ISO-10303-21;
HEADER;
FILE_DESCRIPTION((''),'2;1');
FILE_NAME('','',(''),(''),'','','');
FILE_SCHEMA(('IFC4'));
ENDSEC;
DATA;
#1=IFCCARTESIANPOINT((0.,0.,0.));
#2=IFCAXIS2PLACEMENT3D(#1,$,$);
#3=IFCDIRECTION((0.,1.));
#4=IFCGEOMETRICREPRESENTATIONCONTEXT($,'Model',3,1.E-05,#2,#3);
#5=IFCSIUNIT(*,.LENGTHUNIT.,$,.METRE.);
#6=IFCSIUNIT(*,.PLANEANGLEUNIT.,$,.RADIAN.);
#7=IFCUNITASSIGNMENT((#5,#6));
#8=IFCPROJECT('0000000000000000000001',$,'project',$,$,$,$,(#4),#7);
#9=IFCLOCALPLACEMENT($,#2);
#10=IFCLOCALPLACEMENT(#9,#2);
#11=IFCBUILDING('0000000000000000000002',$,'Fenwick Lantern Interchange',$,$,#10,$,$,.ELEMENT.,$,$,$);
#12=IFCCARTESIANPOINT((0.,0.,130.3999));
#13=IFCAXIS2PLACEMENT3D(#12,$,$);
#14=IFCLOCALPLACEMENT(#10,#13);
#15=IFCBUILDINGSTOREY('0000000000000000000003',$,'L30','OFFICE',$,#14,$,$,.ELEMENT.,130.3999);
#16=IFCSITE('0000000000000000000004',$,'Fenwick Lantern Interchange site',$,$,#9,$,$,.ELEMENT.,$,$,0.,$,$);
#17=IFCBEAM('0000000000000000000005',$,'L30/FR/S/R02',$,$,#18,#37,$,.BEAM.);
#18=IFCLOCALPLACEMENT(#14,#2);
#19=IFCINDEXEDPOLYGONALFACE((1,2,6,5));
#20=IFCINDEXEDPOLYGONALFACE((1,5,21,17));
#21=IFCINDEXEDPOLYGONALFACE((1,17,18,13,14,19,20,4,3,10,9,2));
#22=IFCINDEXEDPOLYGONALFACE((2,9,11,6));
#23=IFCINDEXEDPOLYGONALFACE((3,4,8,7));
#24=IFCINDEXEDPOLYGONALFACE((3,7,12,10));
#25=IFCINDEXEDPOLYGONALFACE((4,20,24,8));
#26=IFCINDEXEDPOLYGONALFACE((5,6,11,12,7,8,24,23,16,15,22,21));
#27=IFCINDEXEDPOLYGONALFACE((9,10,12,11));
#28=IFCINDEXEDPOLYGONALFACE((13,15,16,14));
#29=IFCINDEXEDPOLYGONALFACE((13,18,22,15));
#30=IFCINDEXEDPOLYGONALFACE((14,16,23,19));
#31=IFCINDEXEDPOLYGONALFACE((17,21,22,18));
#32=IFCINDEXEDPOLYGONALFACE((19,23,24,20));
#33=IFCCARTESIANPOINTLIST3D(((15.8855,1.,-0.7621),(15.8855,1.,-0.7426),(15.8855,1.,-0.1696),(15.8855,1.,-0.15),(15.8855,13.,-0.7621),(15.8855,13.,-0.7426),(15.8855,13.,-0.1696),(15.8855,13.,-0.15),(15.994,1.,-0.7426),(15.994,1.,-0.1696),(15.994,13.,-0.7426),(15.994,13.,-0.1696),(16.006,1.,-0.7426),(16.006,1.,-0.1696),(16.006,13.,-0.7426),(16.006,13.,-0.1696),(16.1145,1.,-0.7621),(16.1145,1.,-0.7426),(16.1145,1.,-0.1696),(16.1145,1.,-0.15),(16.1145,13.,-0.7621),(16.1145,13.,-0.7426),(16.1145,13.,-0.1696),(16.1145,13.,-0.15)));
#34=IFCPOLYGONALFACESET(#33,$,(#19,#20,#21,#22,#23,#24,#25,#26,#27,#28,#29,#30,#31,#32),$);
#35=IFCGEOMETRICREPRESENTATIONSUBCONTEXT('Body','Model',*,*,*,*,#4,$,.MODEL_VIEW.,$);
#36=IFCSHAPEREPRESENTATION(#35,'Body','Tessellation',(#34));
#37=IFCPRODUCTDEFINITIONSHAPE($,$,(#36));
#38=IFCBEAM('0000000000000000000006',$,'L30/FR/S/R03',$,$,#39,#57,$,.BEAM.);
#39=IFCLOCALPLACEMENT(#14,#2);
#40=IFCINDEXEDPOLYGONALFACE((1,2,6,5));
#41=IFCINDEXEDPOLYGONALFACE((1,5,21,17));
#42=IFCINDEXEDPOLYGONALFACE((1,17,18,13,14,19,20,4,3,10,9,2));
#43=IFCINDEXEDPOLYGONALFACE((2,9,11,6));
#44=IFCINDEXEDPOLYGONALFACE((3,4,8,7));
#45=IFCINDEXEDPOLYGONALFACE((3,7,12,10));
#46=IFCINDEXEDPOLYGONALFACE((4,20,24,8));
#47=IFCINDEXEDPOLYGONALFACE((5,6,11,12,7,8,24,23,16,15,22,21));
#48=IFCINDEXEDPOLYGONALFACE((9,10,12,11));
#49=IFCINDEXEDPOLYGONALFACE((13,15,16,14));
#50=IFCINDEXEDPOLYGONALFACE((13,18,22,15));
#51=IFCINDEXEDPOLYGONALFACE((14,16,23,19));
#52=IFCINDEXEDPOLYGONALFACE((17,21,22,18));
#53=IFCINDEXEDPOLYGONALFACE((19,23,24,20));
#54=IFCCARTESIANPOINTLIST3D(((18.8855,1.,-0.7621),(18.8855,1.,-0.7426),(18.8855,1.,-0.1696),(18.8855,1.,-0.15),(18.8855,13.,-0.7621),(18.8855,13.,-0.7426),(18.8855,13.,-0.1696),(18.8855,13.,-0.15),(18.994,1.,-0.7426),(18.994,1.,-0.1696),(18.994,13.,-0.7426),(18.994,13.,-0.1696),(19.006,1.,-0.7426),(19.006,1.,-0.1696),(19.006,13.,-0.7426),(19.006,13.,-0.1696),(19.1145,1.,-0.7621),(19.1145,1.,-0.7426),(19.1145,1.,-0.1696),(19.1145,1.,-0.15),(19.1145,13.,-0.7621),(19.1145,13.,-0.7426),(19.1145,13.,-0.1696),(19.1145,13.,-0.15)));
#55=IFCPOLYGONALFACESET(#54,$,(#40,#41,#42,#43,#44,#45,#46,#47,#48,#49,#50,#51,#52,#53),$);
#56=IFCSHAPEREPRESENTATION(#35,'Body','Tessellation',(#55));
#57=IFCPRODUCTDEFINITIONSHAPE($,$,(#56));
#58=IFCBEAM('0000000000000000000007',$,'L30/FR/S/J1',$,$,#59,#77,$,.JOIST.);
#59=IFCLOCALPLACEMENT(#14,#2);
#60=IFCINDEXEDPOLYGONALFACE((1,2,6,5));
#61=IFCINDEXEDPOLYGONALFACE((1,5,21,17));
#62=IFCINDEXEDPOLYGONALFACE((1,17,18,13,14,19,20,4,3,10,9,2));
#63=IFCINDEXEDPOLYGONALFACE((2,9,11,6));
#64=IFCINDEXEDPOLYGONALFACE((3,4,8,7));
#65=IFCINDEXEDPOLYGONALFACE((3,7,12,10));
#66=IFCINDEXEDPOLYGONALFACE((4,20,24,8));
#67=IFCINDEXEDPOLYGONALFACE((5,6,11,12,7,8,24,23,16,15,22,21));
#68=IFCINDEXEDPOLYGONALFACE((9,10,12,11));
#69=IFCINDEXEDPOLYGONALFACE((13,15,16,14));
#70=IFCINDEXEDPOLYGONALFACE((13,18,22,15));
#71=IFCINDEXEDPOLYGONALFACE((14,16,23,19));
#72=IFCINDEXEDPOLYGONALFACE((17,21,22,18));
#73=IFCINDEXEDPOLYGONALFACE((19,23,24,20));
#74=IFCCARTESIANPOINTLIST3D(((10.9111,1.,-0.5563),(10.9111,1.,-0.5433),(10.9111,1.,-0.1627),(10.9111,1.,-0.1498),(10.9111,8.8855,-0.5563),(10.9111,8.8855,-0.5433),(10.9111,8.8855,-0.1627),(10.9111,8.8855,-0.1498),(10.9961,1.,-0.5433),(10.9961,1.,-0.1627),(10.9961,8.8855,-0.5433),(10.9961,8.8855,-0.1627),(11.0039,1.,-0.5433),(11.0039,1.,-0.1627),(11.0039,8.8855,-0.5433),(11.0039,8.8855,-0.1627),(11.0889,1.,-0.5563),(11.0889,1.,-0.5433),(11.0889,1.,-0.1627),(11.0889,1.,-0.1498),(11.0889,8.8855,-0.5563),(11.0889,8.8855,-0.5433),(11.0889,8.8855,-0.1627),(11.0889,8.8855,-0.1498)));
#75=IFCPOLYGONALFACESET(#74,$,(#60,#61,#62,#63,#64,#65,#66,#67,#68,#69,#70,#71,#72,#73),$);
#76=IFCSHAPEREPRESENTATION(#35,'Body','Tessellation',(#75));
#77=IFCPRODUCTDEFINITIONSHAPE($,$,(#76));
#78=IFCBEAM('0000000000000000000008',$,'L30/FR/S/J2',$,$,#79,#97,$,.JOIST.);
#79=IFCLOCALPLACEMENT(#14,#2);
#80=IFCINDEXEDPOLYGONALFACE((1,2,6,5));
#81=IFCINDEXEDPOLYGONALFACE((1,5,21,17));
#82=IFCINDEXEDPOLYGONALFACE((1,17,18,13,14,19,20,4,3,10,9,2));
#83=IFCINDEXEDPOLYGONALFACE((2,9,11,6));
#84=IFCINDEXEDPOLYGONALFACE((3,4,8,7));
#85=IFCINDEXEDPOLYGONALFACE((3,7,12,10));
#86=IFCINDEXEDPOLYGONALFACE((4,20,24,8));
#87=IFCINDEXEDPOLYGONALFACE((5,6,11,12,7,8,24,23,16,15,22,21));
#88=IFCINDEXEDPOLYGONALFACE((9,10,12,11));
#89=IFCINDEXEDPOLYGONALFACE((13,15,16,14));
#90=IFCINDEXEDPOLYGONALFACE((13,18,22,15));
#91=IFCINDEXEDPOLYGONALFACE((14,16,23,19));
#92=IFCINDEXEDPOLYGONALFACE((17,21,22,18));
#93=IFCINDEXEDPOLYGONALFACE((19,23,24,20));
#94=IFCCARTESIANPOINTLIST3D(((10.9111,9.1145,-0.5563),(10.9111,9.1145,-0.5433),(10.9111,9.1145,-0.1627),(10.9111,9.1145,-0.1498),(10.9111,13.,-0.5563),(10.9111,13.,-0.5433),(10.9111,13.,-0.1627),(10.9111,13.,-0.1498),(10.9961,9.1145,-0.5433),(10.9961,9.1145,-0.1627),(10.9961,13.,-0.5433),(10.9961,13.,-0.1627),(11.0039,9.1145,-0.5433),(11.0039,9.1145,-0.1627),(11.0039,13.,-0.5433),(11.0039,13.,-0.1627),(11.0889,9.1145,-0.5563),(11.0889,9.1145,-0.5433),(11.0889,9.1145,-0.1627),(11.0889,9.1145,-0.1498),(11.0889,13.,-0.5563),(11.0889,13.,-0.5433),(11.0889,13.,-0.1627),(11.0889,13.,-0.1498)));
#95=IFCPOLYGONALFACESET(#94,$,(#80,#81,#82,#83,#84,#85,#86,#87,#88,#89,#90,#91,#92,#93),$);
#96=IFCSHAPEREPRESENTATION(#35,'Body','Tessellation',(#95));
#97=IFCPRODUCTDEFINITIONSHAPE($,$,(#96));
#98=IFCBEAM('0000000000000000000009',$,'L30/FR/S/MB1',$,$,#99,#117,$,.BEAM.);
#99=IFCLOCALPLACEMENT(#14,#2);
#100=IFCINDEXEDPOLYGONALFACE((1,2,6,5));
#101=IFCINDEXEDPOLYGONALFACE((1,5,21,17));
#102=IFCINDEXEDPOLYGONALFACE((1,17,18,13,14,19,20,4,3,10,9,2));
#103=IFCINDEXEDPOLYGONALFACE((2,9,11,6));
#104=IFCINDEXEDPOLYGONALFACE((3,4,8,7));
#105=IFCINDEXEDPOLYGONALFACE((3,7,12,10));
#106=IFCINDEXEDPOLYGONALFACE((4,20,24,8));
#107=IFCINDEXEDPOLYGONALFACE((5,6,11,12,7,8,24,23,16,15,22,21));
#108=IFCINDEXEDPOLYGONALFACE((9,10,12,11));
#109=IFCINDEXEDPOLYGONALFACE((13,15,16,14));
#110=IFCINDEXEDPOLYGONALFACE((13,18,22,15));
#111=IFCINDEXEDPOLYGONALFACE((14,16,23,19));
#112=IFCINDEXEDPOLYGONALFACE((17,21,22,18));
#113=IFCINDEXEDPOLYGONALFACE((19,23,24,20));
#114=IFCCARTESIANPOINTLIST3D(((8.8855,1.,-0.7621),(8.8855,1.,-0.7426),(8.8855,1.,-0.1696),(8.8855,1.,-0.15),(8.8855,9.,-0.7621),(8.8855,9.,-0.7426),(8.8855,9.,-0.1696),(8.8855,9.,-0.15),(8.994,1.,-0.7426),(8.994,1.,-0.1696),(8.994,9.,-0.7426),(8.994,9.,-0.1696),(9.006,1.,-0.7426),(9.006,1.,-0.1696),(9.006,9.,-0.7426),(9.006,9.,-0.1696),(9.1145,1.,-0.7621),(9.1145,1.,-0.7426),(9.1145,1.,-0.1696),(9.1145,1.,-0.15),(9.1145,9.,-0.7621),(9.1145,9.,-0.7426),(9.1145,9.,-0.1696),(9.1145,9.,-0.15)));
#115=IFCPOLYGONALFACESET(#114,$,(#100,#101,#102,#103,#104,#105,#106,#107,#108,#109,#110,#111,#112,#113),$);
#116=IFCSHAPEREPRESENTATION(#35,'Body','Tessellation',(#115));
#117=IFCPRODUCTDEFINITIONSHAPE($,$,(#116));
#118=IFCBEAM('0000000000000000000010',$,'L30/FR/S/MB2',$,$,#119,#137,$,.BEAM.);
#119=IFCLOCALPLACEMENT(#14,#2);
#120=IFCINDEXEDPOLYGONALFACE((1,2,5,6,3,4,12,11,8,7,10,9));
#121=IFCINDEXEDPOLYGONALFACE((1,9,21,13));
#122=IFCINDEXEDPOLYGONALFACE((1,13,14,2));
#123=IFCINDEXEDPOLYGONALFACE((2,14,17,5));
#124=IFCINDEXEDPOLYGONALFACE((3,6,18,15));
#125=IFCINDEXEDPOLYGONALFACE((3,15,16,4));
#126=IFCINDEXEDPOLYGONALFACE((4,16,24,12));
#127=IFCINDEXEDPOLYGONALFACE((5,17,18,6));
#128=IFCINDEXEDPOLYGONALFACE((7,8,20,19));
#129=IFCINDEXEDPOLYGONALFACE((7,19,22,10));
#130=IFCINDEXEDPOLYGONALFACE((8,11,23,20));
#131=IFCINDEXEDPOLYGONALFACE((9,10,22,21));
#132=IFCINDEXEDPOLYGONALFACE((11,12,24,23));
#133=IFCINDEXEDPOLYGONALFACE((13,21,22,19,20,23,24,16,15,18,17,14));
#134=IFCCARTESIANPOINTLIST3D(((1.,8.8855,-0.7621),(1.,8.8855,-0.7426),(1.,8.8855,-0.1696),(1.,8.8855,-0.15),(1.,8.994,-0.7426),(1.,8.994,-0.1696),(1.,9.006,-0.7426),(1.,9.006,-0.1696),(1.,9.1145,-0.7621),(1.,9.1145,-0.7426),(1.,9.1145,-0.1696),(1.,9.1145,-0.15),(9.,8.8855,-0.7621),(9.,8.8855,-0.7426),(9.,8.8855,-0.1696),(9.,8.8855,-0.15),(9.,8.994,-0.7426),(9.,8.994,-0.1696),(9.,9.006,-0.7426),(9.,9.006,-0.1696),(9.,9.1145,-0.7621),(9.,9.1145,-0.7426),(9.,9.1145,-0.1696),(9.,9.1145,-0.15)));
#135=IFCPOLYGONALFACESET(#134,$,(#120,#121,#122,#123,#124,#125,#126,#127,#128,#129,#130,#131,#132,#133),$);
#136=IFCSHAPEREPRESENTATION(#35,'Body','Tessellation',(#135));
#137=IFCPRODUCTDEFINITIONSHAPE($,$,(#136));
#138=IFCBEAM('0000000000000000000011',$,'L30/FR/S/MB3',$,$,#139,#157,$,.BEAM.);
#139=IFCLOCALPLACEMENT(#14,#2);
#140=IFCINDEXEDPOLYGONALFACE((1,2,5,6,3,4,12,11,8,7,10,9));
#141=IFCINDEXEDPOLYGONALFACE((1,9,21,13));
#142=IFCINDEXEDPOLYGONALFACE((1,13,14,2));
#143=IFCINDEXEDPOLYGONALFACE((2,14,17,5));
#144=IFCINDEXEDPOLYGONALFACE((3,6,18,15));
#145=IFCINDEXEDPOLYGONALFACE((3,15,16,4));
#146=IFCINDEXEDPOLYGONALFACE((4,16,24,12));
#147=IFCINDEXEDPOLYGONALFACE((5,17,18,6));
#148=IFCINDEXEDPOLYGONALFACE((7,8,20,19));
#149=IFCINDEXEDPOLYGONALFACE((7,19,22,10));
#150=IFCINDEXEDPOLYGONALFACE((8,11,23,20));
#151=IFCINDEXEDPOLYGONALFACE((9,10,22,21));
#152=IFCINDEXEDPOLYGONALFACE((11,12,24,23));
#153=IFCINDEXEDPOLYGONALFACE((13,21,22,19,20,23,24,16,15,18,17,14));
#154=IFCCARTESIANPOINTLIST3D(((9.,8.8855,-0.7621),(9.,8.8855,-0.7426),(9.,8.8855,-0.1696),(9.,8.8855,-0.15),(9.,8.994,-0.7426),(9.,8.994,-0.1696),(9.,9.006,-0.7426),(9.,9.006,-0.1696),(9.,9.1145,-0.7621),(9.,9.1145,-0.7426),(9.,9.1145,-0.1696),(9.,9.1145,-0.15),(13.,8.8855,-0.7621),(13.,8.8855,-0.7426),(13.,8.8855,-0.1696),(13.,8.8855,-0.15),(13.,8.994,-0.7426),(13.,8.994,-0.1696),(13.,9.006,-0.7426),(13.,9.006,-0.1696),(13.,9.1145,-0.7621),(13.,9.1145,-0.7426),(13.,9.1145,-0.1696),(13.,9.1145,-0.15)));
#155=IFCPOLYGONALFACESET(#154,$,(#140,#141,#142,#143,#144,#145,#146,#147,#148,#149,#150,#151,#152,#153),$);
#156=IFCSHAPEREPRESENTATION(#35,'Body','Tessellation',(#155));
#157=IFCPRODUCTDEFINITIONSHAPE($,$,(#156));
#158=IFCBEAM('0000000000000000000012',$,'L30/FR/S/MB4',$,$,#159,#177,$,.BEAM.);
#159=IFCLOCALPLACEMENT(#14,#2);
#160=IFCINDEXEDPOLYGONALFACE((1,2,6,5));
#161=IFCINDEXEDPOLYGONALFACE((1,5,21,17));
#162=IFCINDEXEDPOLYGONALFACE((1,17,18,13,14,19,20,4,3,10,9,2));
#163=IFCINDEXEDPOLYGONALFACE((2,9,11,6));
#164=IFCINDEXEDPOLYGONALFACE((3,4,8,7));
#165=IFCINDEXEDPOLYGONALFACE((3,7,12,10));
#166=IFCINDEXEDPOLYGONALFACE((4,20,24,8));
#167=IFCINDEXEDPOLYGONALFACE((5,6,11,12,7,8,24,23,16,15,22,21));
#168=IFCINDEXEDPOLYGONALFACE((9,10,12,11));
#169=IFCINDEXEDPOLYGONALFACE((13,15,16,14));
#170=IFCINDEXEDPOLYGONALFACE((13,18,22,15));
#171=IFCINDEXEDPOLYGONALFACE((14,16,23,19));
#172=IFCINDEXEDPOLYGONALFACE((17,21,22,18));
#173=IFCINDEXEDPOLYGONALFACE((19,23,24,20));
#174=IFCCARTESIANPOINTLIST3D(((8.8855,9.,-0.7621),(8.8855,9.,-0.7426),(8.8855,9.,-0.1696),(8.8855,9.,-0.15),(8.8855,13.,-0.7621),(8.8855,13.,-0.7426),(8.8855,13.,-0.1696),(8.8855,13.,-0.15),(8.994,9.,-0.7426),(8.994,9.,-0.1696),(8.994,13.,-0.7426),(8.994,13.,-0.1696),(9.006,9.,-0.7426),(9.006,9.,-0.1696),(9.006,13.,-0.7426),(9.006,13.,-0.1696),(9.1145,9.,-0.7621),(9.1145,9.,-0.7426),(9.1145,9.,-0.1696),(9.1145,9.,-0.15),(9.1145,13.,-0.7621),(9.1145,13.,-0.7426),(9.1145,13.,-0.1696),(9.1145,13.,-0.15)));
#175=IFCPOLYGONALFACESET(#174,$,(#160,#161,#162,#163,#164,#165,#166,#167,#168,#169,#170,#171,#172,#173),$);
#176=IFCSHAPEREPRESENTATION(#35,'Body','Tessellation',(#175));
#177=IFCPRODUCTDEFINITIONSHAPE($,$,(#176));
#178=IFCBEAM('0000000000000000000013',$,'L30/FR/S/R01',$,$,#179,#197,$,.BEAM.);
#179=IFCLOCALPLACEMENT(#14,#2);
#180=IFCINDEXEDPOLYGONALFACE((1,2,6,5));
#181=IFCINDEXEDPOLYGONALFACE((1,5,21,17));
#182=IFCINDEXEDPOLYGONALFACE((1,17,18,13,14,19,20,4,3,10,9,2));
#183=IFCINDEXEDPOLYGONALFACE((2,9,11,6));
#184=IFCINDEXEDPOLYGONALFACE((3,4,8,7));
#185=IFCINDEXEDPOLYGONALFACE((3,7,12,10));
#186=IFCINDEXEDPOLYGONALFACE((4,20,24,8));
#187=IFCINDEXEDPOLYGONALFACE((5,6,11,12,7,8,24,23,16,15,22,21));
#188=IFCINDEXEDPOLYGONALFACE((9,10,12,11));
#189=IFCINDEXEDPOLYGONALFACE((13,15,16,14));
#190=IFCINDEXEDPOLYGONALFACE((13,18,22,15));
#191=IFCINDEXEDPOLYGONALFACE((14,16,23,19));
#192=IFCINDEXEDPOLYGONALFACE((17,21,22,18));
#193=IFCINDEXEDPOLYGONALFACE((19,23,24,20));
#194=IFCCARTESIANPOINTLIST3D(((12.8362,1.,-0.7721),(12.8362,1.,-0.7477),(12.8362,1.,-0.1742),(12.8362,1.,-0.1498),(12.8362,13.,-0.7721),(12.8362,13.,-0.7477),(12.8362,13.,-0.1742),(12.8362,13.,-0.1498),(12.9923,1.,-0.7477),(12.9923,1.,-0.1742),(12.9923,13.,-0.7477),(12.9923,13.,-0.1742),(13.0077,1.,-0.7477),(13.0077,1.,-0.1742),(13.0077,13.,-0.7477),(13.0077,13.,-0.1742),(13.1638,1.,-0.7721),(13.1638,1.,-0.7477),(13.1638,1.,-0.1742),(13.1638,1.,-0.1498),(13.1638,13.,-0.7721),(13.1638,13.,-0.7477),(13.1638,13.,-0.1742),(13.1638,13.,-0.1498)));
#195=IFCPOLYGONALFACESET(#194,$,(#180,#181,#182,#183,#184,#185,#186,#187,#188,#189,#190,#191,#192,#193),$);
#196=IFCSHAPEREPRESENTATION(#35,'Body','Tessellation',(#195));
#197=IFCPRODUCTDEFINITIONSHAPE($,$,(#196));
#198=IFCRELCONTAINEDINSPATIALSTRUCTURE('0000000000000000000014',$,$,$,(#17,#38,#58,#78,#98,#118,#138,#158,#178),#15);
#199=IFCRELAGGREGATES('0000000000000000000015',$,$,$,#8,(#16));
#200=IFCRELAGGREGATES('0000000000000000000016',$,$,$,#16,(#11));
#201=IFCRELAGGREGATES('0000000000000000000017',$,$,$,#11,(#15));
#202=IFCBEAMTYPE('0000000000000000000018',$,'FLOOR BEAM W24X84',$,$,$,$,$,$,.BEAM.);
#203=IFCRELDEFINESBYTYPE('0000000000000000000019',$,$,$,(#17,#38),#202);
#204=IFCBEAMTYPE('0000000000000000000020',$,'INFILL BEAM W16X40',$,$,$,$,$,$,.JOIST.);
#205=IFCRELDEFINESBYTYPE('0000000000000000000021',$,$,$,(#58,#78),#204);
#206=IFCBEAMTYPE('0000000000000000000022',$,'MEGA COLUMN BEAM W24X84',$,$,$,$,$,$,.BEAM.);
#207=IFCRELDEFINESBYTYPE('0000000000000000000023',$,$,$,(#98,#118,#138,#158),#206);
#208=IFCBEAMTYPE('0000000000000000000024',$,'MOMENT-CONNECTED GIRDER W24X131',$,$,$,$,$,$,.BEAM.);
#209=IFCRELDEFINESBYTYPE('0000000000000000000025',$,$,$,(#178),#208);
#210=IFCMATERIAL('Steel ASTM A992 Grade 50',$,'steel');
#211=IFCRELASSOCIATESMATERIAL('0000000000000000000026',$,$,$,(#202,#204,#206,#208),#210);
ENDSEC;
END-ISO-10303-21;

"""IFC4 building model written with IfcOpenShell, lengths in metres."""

from ifc_helpers import new_model, si_unit, direction, frame, origin, origin_2d, place, context, subcontext, project, spatial, i_section, extrude, material, material_profile, profile_set, type_object, element, save


model = new_model("IFC4")

# Units and contexts
model_context = context("Model", 3, precision=1e-05, world=origin(), true_north=direction((0.0, 1.0)))
body_context = subcontext(model_context, "Body", "Model", "MODEL_VIEW")
ifc_project = project(units=[si_unit("LENGTHUNIT", "METRE"), si_unit("PLANEANGLEUNIT", "RADIAN")], contexts=[model_context])

# Site, building, storey
site_placement = place(None, origin())
site = spatial("IfcSite", under=ifc_project, at=site_placement, Name="Fenwick Lantern Interchange site", CompositionType="ELEMENT", RefElevation=0.0)
building_placement = place(site_placement, origin())
building = spatial("IfcBuilding", under=site, at=building_placement, Name="Fenwick Lantern Interchange", CompositionType="ELEMENT")
storey_placement = place(building_placement, frame((0.0, 0.0, 130.3999)))
storey = spatial("IfcBuildingStorey", under=building, at=storey_placement, Name="L30", Description="OFFICE", CompositionType="ELEMENT", Elevation=130.3999)

# Shared definitions
ifc_material_1 = material(Name="Steel ASTM A992 Grade 50", Category="steel")

# Beams
ifc_material_profile_1 = material_profile(ifc_material_1, i_section(OverallWidth=0.229, OverallDepth=0.6121, WebThickness=0.012, FlangeThickness=0.0195, at=origin_2d()), Name="W24X84")
ifc_profile_set_1 = profile_set([ifc_material_profile_1], Name="Steel ASTM A992 Grade 50")
beam_type_1 = type_object("IfcBeamType", Name="FLOOR BEAM W24X84", PredefinedType="BEAM", material=ifc_profile_set_1)
for number, where, z_axis, x_axis, name in (
    (1, (16.0, 1.0, -0.4561), (0.0, 1.0, 0.0), (-1.0, 0.0, 0.0), "L30/FR/S/R02"),
    (2, (19.0, 1.0, -0.4561), (0.0, 1.0, 0.0), (-1.0, 0.0, 0.0), "L30/FR/S/R03"),
):
    element("IfcBeam", number, at=place(storey_placement, frame(where, z_axis=z_axis, x_axis=x_axis)), inside=storey, type_object=beam_type_1, Name=name, PredefinedType="BEAM", context=body_context, shape_type="SweptSolid", body=[
        extrude(i_section(OverallWidth=0.229, OverallDepth=0.6121, WebThickness=0.012, FlangeThickness=0.0195, at=origin_2d()), origin(), (0.0, 0.0, 1.0), 12.0),
    ])
ifc_material_profile_2 = material_profile(ifc_material_1, i_section(OverallWidth=0.1777, OverallDepth=0.4065, WebThickness=0.0078, FlangeThickness=0.0129, at=origin_2d()), Name="W16X40")
ifc_profile_set_2 = profile_set([ifc_material_profile_2], Name="Steel ASTM A992 Grade 50")
beam_type_2 = type_object("IfcBeamType", Name="INFILL BEAM W16X40", PredefinedType="JOIST", material=ifc_profile_set_2)
beam_1_placement = place(storey_placement, frame((11.0, 1.0, -0.353), z_axis=(0.0, 1.0, 0.0), x_axis=(-1.0, 0.0, 0.0)))
element("IfcBeam", 3, at=beam_1_placement, inside=storey, type_object=beam_type_2, Name="L30/FR/S/J1", PredefinedType="JOIST", context=body_context, shape_type="SweptSolid", body=[
    extrude(i_section(OverallWidth=0.1777, OverallDepth=0.4065, WebThickness=0.0078, FlangeThickness=0.0129, at=origin_2d()), origin(), (0.0, 0.0, 1.0), 7.8855),
])
beam_2_placement = place(storey_placement, frame((11.0, 9.1145, -0.353), z_axis=(0.0, 1.0, 0.0), x_axis=(-1.0, 0.0, 0.0)))
element("IfcBeam", 4, at=beam_2_placement, inside=storey, type_object=beam_type_2, Name="L30/FR/S/J2", PredefinedType="JOIST", context=body_context, shape_type="SweptSolid", body=[
    extrude(i_section(OverallWidth=0.1777, OverallDepth=0.4065, WebThickness=0.0078, FlangeThickness=0.0129, at=origin_2d()), origin(), (0.0, 0.0, 1.0), 3.8855),
])
ifc_material_profile_3 = material_profile(ifc_material_1, i_section(OverallWidth=0.229, OverallDepth=0.6121, WebThickness=0.012, FlangeThickness=0.0195, at=origin_2d()), Name="W24X84")
ifc_profile_set_3 = profile_set([ifc_material_profile_3], Name="Steel ASTM A992 Grade 50")
beam_type_3 = type_object("IfcBeamType", Name="MEGA COLUMN BEAM W24X84", PredefinedType="BEAM", material=ifc_profile_set_3)
for number, where, z_axis, x_axis, name in (
    (5, (9.0, 9.0, -0.4561), (0.0, -1.0, 0.0), (1.0, 0.0, 0.0), "L30/FR/S/MB1"),
    (6, (9.0, 9.0, -0.4561), (-1.0, 0.0, 0.0), (0.0, -1.0, 0.0), "L30/FR/S/MB2"),
):
    element("IfcBeam", number, at=place(storey_placement, frame(where, z_axis=z_axis, x_axis=x_axis)), inside=storey, type_object=beam_type_3, Name=name, PredefinedType="BEAM", context=body_context, shape_type="SweptSolid", body=[
        extrude(i_section(OverallWidth=0.229, OverallDepth=0.6121, WebThickness=0.012, FlangeThickness=0.0195, at=origin_2d()), origin(), (0.0, 0.0, 1.0), 8.0),
    ])
for number, where, z_axis, x_axis, name in (
    (7, (9.0, 9.0, -0.4561), (1.0, 0.0, 0.0), (0.0, 1.0, 0.0), "L30/FR/S/MB3"),
    (8, (9.0, 9.0, -0.4561), (0.0, 1.0, 0.0), (-1.0, 0.0, 0.0), "L30/FR/S/MB4"),
):
    element("IfcBeam", number, at=place(storey_placement, frame(where, z_axis=z_axis, x_axis=x_axis)), inside=storey, type_object=beam_type_3, Name=name, PredefinedType="BEAM", context=body_context, shape_type="SweptSolid", body=[
        extrude(i_section(OverallWidth=0.229, OverallDepth=0.6121, WebThickness=0.012, FlangeThickness=0.0195, at=origin_2d()), origin(), (0.0, 0.0, 1.0), 4.0),
    ])
ifc_material_profile_4 = material_profile(ifc_material_1, i_section(OverallWidth=0.3276, OverallDepth=0.6223, WebThickness=0.0154, FlangeThickness=0.0244, at=origin_2d()), Name="W24X131")
ifc_profile_set_4 = profile_set([ifc_material_profile_4], Name="Steel ASTM A992 Grade 50")
beam_type_4 = type_object("IfcBeamType", Name="MOMENT-CONNECTED GIRDER W24X131", PredefinedType="BEAM", material=ifc_profile_set_4)
beam_3_placement = place(storey_placement, frame((13.0, 1.0, -0.4609), z_axis=(0.0, 1.0, 0.0), x_axis=(-1.0, 0.0, 0.0)))
element("IfcBeam", 9, at=beam_3_placement, inside=storey, type_object=beam_type_4, Name="L30/FR/S/R01", PredefinedType="BEAM", context=body_context, shape_type="SweptSolid", body=[
    extrude(i_section(OverallWidth=0.3276, OverallDepth=0.6223, WebThickness=0.0154, FlangeThickness=0.0244, at=origin_2d()), origin(), (0.0, 0.0, 1.0), 12.0),
])

save(model, "model.ifc")
